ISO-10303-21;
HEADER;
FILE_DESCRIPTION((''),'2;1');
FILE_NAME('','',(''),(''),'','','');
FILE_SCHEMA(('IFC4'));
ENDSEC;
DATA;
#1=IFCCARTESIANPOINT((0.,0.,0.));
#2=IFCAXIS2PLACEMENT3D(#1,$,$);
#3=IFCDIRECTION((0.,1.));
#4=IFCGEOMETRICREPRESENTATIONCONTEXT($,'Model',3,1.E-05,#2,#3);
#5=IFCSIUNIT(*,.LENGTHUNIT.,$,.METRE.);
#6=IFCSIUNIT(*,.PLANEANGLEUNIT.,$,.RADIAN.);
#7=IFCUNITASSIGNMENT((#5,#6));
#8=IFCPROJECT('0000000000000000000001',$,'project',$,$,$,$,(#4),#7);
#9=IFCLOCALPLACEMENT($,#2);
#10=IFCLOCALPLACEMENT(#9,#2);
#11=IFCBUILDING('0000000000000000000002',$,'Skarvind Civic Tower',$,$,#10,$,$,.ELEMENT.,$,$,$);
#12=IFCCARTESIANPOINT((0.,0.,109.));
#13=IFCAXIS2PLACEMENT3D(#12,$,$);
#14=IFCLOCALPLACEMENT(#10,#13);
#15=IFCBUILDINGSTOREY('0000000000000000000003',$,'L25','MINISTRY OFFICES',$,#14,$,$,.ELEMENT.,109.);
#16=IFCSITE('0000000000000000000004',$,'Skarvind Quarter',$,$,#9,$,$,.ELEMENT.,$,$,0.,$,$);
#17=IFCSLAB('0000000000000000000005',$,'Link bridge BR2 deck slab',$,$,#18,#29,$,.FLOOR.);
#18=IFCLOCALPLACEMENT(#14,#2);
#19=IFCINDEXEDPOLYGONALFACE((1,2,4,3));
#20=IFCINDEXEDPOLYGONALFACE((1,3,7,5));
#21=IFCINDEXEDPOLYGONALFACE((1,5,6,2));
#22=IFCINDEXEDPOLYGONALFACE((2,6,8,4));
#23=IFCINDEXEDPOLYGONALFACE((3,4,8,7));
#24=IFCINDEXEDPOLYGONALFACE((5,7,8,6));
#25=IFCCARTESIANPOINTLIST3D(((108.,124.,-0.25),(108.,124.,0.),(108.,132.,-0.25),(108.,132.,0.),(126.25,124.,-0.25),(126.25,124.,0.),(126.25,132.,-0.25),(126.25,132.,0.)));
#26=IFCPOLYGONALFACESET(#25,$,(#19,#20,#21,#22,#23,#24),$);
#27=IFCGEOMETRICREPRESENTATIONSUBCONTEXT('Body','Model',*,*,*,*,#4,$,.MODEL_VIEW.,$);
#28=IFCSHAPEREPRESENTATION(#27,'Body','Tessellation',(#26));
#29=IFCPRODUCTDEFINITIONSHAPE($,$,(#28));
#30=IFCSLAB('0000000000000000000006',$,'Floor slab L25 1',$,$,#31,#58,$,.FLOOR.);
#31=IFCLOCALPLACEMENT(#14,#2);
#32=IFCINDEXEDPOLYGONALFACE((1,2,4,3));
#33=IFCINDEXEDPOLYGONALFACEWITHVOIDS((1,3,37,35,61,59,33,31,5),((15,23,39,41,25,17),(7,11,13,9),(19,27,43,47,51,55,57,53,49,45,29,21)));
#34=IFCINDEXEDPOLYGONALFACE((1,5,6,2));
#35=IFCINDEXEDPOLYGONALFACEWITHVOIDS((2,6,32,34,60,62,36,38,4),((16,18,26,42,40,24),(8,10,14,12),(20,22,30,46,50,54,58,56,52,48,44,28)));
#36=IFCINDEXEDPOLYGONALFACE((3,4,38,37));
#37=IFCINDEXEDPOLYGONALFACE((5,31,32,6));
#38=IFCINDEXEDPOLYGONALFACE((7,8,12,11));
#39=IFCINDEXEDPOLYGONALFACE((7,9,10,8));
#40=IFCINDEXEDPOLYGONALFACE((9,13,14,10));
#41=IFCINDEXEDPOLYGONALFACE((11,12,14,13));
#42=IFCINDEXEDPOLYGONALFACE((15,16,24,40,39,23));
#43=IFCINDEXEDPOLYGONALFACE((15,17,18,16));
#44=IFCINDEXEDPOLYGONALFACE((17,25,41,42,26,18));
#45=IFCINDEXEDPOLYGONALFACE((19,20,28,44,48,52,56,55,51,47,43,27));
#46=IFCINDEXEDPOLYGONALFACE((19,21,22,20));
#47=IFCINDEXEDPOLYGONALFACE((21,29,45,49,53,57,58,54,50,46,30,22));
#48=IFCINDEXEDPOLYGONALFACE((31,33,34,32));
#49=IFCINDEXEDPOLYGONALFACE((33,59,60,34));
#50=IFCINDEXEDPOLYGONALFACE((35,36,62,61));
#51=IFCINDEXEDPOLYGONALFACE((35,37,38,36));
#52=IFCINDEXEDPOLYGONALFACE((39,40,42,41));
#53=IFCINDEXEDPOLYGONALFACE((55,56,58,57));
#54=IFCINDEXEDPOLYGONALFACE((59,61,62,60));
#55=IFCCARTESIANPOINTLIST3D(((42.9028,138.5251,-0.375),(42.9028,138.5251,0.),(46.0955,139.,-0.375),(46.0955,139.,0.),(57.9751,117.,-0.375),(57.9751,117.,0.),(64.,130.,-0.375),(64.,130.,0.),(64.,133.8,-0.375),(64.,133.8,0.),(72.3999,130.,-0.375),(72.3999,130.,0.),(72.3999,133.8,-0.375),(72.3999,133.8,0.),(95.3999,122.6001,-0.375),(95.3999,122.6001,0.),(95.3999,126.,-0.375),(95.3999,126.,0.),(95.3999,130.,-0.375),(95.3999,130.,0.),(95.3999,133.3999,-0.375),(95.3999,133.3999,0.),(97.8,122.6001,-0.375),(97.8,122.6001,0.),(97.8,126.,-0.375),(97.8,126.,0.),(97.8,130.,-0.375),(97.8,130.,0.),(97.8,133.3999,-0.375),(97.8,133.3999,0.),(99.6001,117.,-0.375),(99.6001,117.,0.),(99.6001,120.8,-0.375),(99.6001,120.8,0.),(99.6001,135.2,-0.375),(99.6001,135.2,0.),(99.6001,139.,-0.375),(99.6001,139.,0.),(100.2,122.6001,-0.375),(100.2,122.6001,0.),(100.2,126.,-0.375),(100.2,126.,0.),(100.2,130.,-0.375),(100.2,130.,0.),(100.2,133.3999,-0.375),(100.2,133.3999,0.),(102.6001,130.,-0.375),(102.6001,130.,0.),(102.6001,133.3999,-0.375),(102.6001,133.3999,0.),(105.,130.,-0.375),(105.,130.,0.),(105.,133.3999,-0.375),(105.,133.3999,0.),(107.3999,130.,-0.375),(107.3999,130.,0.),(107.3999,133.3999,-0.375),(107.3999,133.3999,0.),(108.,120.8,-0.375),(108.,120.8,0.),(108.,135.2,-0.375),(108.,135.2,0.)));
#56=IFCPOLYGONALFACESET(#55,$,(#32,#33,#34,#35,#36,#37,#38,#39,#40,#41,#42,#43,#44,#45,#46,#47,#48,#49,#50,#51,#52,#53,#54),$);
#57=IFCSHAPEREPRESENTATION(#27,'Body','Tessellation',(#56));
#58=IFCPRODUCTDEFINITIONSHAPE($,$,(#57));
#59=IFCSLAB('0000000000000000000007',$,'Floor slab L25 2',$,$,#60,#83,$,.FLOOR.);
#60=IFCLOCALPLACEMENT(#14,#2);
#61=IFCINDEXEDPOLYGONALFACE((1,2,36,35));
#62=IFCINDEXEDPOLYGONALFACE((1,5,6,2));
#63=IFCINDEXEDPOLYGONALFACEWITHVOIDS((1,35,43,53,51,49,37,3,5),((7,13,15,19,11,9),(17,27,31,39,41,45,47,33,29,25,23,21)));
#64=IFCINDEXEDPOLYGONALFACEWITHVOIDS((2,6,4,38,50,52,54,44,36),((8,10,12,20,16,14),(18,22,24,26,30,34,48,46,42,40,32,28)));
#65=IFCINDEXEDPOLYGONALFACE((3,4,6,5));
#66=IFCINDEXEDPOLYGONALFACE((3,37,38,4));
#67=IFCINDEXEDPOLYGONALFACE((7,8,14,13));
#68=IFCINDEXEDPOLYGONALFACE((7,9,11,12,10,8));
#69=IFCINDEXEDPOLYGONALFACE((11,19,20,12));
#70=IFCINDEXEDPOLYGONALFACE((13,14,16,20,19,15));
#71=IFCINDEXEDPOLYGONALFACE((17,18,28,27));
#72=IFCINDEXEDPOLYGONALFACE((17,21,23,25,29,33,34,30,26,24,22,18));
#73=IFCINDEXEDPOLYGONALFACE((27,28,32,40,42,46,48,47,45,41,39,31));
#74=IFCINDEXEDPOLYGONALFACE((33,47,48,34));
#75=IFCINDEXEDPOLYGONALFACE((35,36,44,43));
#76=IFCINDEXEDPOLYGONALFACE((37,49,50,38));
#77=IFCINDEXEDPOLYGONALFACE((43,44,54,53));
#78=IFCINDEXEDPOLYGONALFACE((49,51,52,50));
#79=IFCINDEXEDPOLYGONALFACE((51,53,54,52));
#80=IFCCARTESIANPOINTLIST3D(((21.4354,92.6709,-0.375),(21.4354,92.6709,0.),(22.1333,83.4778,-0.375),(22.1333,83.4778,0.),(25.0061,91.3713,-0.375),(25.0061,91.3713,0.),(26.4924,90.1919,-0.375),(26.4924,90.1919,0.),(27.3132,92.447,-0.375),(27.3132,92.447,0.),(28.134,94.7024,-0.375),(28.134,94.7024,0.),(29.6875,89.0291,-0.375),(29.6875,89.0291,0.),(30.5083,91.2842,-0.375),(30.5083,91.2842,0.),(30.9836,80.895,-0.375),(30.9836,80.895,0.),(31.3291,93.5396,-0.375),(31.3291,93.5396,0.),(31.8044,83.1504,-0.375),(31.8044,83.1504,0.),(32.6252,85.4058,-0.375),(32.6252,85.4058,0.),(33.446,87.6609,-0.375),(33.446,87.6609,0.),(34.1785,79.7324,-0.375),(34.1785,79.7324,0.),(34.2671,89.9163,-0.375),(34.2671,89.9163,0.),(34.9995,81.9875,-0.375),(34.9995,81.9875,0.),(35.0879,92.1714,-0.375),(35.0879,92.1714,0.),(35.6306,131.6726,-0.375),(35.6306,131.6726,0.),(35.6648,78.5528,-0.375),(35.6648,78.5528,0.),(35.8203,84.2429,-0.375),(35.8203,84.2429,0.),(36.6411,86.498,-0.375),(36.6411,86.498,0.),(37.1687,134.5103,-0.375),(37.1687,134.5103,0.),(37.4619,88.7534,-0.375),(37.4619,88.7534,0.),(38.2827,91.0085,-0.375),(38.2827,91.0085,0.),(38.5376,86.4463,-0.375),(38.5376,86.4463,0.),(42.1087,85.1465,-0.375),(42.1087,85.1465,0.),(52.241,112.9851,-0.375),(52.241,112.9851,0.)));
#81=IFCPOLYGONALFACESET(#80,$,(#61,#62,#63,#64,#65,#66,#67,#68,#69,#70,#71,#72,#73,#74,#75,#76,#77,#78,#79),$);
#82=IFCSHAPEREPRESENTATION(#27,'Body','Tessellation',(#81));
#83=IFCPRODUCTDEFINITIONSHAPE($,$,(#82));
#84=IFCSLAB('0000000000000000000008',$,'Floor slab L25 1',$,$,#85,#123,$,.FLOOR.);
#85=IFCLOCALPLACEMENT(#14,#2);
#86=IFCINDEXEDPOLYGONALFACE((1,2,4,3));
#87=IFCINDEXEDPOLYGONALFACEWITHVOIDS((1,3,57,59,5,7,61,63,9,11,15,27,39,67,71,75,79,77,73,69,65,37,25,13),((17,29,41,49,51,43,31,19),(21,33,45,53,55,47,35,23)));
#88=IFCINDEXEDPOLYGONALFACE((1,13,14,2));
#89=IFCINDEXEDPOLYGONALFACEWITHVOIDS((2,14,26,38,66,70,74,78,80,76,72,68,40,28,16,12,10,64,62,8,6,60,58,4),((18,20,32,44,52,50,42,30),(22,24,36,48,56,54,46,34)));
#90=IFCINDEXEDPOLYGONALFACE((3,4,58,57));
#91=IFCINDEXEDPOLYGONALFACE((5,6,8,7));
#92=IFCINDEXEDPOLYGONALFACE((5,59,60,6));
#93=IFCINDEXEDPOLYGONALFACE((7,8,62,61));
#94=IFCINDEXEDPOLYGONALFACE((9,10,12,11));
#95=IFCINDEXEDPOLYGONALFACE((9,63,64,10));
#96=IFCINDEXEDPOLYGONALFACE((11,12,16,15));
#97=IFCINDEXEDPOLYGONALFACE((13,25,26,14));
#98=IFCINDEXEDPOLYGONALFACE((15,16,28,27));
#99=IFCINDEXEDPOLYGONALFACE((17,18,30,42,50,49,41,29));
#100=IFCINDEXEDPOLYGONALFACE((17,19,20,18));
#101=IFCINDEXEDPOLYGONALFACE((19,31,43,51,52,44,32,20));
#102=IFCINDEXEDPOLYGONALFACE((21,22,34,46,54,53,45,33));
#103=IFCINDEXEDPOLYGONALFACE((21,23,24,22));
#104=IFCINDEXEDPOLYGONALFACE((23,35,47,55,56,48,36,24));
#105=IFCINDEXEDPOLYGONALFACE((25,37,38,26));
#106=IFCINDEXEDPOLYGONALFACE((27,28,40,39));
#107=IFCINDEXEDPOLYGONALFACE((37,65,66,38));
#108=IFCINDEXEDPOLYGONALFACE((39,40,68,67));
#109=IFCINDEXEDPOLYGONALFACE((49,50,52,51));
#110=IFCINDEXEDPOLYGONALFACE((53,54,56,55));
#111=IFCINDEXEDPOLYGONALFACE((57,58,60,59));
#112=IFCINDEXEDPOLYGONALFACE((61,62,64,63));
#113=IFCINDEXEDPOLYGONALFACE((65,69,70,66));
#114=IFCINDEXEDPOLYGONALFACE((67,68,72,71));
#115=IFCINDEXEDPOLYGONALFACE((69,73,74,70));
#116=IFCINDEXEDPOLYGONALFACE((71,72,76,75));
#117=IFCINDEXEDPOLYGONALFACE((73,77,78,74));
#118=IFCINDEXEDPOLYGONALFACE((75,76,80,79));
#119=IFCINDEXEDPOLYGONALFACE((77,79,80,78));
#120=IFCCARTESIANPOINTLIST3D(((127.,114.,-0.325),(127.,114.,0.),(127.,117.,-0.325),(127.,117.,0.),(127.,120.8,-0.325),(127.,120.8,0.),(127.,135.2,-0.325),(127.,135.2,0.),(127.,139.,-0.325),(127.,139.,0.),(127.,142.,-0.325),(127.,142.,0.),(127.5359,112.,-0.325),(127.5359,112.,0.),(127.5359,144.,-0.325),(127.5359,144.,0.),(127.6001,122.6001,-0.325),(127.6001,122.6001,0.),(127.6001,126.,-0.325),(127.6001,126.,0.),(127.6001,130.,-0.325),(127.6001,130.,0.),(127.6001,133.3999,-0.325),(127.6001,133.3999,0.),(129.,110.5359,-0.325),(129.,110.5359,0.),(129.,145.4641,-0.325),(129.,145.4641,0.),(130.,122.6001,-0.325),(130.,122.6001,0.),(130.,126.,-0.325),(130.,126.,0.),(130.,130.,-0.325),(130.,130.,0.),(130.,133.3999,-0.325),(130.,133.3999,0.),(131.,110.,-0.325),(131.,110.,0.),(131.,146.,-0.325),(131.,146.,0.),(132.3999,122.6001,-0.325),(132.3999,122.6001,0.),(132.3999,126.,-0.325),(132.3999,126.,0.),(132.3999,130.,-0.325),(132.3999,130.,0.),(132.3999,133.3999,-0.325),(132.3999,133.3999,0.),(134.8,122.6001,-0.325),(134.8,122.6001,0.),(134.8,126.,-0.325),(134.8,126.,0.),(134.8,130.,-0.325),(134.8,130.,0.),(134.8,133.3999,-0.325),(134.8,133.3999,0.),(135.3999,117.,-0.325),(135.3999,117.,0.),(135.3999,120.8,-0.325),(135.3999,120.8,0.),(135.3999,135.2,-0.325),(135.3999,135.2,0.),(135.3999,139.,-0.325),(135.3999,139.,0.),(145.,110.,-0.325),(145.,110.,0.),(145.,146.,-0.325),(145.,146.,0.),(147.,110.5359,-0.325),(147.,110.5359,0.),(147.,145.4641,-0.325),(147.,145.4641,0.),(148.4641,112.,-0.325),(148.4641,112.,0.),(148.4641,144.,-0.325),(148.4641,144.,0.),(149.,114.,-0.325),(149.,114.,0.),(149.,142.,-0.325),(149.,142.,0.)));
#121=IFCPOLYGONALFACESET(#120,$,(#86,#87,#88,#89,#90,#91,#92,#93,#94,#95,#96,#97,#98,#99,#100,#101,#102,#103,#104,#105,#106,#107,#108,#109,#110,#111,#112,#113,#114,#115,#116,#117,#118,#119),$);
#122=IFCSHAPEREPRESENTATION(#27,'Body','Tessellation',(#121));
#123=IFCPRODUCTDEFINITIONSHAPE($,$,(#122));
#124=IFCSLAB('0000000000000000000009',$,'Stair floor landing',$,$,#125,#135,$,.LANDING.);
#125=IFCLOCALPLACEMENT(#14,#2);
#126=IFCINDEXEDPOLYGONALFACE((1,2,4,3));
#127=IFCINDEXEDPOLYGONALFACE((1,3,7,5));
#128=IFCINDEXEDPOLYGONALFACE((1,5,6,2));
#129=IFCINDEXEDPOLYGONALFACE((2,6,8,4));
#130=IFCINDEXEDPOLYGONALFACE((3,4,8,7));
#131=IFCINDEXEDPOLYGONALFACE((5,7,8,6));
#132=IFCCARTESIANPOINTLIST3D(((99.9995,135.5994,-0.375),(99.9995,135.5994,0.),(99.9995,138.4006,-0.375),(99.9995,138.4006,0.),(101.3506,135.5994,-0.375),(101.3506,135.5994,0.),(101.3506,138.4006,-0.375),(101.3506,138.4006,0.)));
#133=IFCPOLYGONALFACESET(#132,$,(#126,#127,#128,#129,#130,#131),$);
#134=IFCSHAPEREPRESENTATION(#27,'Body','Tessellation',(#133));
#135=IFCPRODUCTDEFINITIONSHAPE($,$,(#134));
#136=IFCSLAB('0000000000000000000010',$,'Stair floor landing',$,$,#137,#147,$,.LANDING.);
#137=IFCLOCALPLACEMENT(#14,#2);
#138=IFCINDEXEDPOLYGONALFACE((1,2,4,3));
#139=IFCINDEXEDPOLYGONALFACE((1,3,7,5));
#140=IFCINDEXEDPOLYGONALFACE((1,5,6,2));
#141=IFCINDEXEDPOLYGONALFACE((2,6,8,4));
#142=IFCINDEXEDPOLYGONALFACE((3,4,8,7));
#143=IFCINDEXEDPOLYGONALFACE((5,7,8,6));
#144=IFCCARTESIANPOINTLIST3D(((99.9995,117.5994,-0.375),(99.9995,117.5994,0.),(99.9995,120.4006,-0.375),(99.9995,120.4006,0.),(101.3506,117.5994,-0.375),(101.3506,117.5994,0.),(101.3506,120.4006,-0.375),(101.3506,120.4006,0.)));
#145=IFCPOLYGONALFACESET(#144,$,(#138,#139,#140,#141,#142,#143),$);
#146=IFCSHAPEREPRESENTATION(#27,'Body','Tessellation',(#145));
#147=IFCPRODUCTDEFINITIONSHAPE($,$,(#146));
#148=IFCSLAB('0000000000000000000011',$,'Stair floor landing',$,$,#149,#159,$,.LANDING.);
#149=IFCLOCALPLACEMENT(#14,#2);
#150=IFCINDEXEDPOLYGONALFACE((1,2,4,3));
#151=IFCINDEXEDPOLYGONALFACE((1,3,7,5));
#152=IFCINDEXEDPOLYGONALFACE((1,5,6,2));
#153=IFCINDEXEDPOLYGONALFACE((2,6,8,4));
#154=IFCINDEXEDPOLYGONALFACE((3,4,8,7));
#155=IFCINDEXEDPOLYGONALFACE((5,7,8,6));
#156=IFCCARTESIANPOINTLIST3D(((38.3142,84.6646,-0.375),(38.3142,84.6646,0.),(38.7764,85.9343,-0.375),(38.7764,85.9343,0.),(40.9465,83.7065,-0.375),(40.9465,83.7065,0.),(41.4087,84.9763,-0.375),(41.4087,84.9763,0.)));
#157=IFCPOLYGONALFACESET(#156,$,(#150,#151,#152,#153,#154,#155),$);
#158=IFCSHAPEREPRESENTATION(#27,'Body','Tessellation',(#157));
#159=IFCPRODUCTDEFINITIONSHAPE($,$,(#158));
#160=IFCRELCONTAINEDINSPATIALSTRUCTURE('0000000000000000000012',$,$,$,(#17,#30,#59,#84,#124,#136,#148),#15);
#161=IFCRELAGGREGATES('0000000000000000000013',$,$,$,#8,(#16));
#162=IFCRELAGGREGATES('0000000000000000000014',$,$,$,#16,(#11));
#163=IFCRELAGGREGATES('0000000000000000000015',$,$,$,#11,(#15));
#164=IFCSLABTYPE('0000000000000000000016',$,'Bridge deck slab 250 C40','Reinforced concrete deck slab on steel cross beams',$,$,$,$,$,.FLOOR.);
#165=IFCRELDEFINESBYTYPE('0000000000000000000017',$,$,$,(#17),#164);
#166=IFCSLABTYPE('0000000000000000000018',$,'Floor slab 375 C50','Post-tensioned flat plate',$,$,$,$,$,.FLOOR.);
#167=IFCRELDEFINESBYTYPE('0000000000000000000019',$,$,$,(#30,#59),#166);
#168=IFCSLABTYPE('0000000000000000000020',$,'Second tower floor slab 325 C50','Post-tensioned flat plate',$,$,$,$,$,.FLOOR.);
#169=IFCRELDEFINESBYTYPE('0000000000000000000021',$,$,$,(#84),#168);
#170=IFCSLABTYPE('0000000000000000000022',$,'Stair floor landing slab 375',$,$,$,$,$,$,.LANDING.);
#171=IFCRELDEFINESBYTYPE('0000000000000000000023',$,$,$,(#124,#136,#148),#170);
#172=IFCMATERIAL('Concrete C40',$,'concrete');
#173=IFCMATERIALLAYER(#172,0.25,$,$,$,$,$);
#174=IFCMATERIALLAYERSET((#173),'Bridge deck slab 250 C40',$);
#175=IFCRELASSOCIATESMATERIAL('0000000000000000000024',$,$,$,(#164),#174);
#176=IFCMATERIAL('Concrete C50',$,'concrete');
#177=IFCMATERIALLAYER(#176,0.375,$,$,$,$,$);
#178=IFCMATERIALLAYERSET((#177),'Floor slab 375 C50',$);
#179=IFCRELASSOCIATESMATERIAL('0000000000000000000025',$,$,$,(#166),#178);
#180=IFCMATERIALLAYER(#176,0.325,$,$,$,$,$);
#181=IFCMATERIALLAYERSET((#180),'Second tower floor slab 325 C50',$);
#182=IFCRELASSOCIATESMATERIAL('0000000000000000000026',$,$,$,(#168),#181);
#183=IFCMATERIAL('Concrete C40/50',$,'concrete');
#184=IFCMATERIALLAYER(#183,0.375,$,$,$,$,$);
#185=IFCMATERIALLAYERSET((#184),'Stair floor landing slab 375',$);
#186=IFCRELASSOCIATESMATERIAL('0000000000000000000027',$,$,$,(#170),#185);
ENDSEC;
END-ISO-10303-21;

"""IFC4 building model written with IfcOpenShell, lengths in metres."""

from ifc_helpers import new_model, si_unit, direction, frame, origin, place, context, subcontext, project, spatial, polyline, outline, extrude, material, layer, layer_set, type_object, element, save


model = new_model("IFC4")

# Units and contexts
model_context = context("Model", 3, precision=1e-05, world=origin(), true_north=direction((0.0, 1.0)))
body_context = subcontext(model_context, "Body", "Model", "MODEL_VIEW")
ifc_project = project(units=[si_unit("LENGTHUNIT", "METRE"), si_unit("PLANEANGLEUNIT", "RADIAN")], contexts=[model_context])

# Site, building, storey
site_placement = place(None, origin())
site = spatial("IfcSite", under=ifc_project, at=site_placement, Name="Skarvind Quarter", CompositionType="ELEMENT", RefElevation=0.0)
building_placement = place(site_placement, origin())
building = spatial("IfcBuilding", under=site, at=building_placement, Name="Skarvind Civic Tower", CompositionType="ELEMENT")
storey_placement = place(building_placement, frame((0.0, 0.0, 109.0)))
storey = spatial("IfcBuildingStorey", under=building, at=storey_placement, Name="L25", Description="MINISTRY OFFICES", CompositionType="ELEMENT", Elevation=109.0)

# Slabs
ifc_material_1 = material(Name="Concrete C40", Category="concrete")
ifc_layer_1 = layer(ifc_material_1, 0.25)
ifc_layer_set_1 = layer_set([ifc_layer_1], Name="Bridge deck slab 250 C40")
slab_type_1 = type_object("IfcSlabType", Name="Bridge deck slab 250 C40", Description="Reinforced concrete deck slab on steel cross beams", PredefinedType="FLOOR", material=ifc_layer_set_1)
slab_1_placement = place(storey_placement, frame((0.0, 0.0, -0.25)))
element("IfcSlab", 1, at=slab_1_placement, inside=storey, type_object=slab_type_1, Name="Link bridge BR2 deck slab", PredefinedType="FLOOR", context=body_context, shape_type="SweptSolid", body=[
    extrude(outline(polyline([(108.0, 124.0), (126.25, 124.0), (126.25, 132.0), (108.0, 132.0), (108.0, 124.0)])), origin(), (0.0, 0.0, 1.0), 0.25),
])
ifc_material_2 = material(Name="Concrete C50", Category="concrete")
ifc_layer_2 = layer(ifc_material_2, 0.375)
ifc_layer_set_2 = layer_set([ifc_layer_2], Name="Floor slab 375 C50")
slab_type_2 = type_object("IfcSlabType", Name="Floor slab 375 C50", Description="Post-tensioned flat plate", PredefinedType="FLOOR", material=ifc_layer_set_2)
slab_2_placement = place(storey_placement, frame((0.0, 0.0, -0.375)))
element("IfcSlab", 2, at=slab_2_placement, inside=storey, type_object=slab_type_2, Name="Floor slab L25 1", PredefinedType="FLOOR", context=body_context, shape_type="SweptSolid", body=[
    extrude(outline(polyline([(108.0, 135.2), (99.6001, 135.2), (99.6001, 139.0), (46.0955, 139.0), (42.9028, 138.5251), (57.9751, 117.0), (99.6001, 117.0), (99.6001, 120.8), (108.0, 120.8), (108.0, 135.2)]), holes=[polyline([(97.8, 126.0), (100.2, 126.0), (100.2, 122.6001), (97.8, 122.6001), (95.3999, 122.6001), (95.3999, 126.0), (97.8, 126.0)]), polyline([(102.6001, 133.3999), (105.0, 133.3999), (107.3999, 133.3999), (107.3999, 130.0), (105.0, 130.0), (102.6001, 130.0), (100.2, 130.0), (97.8, 130.0), (95.3999, 130.0), (95.3999, 133.3999), (97.8, 133.3999), (100.2, 133.3999), (102.6001, 133.3999)]), polyline([(64.0, 133.8), (72.3999, 133.8), (72.3999, 130.0), (64.0, 130.0), (64.0, 133.8)])]), origin(), (0.0, 0.0, 1.0), 0.375),
])
slab_3_placement = place(storey_placement, frame((0.0, 0.0, -0.375)))
element("IfcSlab", 3, at=slab_3_placement, inside=storey, type_object=slab_type_2, Name="Floor slab L25 2", PredefinedType="FLOOR", context=body_context, shape_type="SweptSolid", body=[
    extrude(outline(polyline([(36.8865, 78.1082), (35.6648, 78.5527), (38.5376, 86.4463), (42.1086, 85.1465), (40.0908, 79.6023), (40.0908, 79.6023), (52.241, 112.9851), (37.1687, 134.5103), (35.6306, 131.6726), (19.4175, 87.1267), (21.4353, 92.6709), (25.0061, 91.3713), (22.1333, 83.4778), (36.8865, 78.1082)]), holes=[polyline([(32.6252, 85.4058), (33.446, 87.6609), (34.2671, 89.9163), (35.0879, 92.1714), (38.2827, 91.0085), (37.4619, 88.7534), (36.6411, 86.498), (35.8203, 84.2429), (35.8203, 84.2429), (34.9995, 81.9875), (34.1785, 79.7324), (30.9836, 80.895), (31.8044, 83.1504), (32.6252, 85.4058), (32.6252, 85.4058)]), polyline([(28.134, 94.7024), (31.3291, 93.5396), (30.5083, 91.2842), (29.6875, 89.0291), (26.4924, 90.1919), (27.3132, 92.447), (28.134, 94.7024)])]), origin(), (0.0, 0.0, 1.0), 0.375),
])
ifc_layer_3 = layer(ifc_material_2, 0.325)
ifc_layer_set_3 = layer_set([ifc_layer_3], Name="Second tower floor slab 325 C50")
slab_type_3 = type_object("IfcSlabType", Name="Second tower floor slab 325 C50", Description="Post-tensioned flat plate", PredefinedType="FLOOR", material=ifc_layer_set_3)
slab_4_placement = place(storey_placement, frame((0.0, 0.0, -0.325)))
element("IfcSlab", 4, at=slab_4_placement, inside=storey, type_object=slab_type_3, Name="Floor slab L25 1", PredefinedType="FLOOR", context=body_context, shape_type="SweptSolid", body=[
    extrude(outline(polyline([(127.0, 139.0), (135.3999, 139.0), (135.3999, 135.2), (127.0, 135.2), (127.0, 120.8), (135.3999, 120.8), (135.3999, 117.0), (127.0, 117.0), (127.0, 114.0), (127.5359, 112.0), (129.0, 110.5359), (131.0, 110.0), (145.0, 110.0), (147.0, 110.5359), (148.4641, 112.0), (149.0, 114.0), (149.0, 142.0), (148.4641, 144.0), (147.0, 145.4641), (145.0, 146.0), (131.0, 146.0), (129.0, 145.4641), (127.5359, 144.0), (127.0, 142.0), (127.0, 139.0)]), holes=[polyline([(132.3999, 126.0), (134.8, 126.0), (134.8, 122.6001), (132.3999, 122.6001), (130.0, 122.6001), (127.6001, 122.6001), (127.6001, 126.0), (130.0, 126.0), (132.3999, 126.0)]), polyline([(130.0, 133.3999), (132.3999, 133.3999), (134.8, 133.3999), (134.8, 130.0), (132.3999, 130.0), (130.0, 130.0), (127.6001, 130.0), (127.6001, 133.3999), (130.0, 133.3999)])]), origin(), (0.0, 0.0, 1.0), 0.325),
])
ifc_material_3 = material(Name="Concrete C40/50", Category="concrete")
ifc_layer_4 = layer(ifc_material_3, 0.375)
ifc_layer_set_4 = layer_set([ifc_layer_4], Name="Stair floor landing slab 375")
slab_type_4 = type_object("IfcSlabType", Name="Stair floor landing slab 375", PredefinedType="LANDING", material=ifc_layer_set_4)
slab_5_placement = place(storey_placement, frame((0.0, 0.0, -0.375)))
element("IfcSlab", 5, at=slab_5_placement, inside=storey, type_object=slab_type_4, Name="Stair floor landing", PredefinedType="LANDING", context=body_context, shape_type="SweptSolid", body=[
    extrude(outline(polyline([(101.3506, 138.4006), (101.3506, 135.5994), (99.9995, 135.5994), (99.9995, 138.4006), (101.3506, 138.4006)])), origin(), (0.0, 0.0, 1.0), 0.375),
])
slab_6_placement = place(storey_placement, frame((0.0, 0.0, -0.375)))
element("IfcSlab", 6, at=slab_6_placement, inside=storey, type_object=slab_type_4, Name="Stair floor landing", PredefinedType="LANDING", context=body_context, shape_type="SweptSolid", body=[
    extrude(outline(polyline([(101.3506, 120.4006), (101.3506, 117.5994), (99.9995, 117.5994), (99.9995, 120.4006), (101.3506, 120.4006)])), origin(), (0.0, 0.0, 1.0), 0.375),
])
slab_7_placement = place(storey_placement, frame((0.0, 0.0, -0.375)))
element("IfcSlab", 7, at=slab_7_placement, inside=storey, type_object=slab_type_4, Name="Stair floor landing", PredefinedType="LANDING", context=body_context, shape_type="SweptSolid", body=[
    extrude(outline(polyline([(40.9465, 83.7065), (38.3142, 84.6646), (38.7764, 85.9343), (41.4087, 84.9763), (40.9465, 83.7065)])), origin(), (0.0, 0.0, 1.0), 0.375),
])

save(model, "model.ifc")
